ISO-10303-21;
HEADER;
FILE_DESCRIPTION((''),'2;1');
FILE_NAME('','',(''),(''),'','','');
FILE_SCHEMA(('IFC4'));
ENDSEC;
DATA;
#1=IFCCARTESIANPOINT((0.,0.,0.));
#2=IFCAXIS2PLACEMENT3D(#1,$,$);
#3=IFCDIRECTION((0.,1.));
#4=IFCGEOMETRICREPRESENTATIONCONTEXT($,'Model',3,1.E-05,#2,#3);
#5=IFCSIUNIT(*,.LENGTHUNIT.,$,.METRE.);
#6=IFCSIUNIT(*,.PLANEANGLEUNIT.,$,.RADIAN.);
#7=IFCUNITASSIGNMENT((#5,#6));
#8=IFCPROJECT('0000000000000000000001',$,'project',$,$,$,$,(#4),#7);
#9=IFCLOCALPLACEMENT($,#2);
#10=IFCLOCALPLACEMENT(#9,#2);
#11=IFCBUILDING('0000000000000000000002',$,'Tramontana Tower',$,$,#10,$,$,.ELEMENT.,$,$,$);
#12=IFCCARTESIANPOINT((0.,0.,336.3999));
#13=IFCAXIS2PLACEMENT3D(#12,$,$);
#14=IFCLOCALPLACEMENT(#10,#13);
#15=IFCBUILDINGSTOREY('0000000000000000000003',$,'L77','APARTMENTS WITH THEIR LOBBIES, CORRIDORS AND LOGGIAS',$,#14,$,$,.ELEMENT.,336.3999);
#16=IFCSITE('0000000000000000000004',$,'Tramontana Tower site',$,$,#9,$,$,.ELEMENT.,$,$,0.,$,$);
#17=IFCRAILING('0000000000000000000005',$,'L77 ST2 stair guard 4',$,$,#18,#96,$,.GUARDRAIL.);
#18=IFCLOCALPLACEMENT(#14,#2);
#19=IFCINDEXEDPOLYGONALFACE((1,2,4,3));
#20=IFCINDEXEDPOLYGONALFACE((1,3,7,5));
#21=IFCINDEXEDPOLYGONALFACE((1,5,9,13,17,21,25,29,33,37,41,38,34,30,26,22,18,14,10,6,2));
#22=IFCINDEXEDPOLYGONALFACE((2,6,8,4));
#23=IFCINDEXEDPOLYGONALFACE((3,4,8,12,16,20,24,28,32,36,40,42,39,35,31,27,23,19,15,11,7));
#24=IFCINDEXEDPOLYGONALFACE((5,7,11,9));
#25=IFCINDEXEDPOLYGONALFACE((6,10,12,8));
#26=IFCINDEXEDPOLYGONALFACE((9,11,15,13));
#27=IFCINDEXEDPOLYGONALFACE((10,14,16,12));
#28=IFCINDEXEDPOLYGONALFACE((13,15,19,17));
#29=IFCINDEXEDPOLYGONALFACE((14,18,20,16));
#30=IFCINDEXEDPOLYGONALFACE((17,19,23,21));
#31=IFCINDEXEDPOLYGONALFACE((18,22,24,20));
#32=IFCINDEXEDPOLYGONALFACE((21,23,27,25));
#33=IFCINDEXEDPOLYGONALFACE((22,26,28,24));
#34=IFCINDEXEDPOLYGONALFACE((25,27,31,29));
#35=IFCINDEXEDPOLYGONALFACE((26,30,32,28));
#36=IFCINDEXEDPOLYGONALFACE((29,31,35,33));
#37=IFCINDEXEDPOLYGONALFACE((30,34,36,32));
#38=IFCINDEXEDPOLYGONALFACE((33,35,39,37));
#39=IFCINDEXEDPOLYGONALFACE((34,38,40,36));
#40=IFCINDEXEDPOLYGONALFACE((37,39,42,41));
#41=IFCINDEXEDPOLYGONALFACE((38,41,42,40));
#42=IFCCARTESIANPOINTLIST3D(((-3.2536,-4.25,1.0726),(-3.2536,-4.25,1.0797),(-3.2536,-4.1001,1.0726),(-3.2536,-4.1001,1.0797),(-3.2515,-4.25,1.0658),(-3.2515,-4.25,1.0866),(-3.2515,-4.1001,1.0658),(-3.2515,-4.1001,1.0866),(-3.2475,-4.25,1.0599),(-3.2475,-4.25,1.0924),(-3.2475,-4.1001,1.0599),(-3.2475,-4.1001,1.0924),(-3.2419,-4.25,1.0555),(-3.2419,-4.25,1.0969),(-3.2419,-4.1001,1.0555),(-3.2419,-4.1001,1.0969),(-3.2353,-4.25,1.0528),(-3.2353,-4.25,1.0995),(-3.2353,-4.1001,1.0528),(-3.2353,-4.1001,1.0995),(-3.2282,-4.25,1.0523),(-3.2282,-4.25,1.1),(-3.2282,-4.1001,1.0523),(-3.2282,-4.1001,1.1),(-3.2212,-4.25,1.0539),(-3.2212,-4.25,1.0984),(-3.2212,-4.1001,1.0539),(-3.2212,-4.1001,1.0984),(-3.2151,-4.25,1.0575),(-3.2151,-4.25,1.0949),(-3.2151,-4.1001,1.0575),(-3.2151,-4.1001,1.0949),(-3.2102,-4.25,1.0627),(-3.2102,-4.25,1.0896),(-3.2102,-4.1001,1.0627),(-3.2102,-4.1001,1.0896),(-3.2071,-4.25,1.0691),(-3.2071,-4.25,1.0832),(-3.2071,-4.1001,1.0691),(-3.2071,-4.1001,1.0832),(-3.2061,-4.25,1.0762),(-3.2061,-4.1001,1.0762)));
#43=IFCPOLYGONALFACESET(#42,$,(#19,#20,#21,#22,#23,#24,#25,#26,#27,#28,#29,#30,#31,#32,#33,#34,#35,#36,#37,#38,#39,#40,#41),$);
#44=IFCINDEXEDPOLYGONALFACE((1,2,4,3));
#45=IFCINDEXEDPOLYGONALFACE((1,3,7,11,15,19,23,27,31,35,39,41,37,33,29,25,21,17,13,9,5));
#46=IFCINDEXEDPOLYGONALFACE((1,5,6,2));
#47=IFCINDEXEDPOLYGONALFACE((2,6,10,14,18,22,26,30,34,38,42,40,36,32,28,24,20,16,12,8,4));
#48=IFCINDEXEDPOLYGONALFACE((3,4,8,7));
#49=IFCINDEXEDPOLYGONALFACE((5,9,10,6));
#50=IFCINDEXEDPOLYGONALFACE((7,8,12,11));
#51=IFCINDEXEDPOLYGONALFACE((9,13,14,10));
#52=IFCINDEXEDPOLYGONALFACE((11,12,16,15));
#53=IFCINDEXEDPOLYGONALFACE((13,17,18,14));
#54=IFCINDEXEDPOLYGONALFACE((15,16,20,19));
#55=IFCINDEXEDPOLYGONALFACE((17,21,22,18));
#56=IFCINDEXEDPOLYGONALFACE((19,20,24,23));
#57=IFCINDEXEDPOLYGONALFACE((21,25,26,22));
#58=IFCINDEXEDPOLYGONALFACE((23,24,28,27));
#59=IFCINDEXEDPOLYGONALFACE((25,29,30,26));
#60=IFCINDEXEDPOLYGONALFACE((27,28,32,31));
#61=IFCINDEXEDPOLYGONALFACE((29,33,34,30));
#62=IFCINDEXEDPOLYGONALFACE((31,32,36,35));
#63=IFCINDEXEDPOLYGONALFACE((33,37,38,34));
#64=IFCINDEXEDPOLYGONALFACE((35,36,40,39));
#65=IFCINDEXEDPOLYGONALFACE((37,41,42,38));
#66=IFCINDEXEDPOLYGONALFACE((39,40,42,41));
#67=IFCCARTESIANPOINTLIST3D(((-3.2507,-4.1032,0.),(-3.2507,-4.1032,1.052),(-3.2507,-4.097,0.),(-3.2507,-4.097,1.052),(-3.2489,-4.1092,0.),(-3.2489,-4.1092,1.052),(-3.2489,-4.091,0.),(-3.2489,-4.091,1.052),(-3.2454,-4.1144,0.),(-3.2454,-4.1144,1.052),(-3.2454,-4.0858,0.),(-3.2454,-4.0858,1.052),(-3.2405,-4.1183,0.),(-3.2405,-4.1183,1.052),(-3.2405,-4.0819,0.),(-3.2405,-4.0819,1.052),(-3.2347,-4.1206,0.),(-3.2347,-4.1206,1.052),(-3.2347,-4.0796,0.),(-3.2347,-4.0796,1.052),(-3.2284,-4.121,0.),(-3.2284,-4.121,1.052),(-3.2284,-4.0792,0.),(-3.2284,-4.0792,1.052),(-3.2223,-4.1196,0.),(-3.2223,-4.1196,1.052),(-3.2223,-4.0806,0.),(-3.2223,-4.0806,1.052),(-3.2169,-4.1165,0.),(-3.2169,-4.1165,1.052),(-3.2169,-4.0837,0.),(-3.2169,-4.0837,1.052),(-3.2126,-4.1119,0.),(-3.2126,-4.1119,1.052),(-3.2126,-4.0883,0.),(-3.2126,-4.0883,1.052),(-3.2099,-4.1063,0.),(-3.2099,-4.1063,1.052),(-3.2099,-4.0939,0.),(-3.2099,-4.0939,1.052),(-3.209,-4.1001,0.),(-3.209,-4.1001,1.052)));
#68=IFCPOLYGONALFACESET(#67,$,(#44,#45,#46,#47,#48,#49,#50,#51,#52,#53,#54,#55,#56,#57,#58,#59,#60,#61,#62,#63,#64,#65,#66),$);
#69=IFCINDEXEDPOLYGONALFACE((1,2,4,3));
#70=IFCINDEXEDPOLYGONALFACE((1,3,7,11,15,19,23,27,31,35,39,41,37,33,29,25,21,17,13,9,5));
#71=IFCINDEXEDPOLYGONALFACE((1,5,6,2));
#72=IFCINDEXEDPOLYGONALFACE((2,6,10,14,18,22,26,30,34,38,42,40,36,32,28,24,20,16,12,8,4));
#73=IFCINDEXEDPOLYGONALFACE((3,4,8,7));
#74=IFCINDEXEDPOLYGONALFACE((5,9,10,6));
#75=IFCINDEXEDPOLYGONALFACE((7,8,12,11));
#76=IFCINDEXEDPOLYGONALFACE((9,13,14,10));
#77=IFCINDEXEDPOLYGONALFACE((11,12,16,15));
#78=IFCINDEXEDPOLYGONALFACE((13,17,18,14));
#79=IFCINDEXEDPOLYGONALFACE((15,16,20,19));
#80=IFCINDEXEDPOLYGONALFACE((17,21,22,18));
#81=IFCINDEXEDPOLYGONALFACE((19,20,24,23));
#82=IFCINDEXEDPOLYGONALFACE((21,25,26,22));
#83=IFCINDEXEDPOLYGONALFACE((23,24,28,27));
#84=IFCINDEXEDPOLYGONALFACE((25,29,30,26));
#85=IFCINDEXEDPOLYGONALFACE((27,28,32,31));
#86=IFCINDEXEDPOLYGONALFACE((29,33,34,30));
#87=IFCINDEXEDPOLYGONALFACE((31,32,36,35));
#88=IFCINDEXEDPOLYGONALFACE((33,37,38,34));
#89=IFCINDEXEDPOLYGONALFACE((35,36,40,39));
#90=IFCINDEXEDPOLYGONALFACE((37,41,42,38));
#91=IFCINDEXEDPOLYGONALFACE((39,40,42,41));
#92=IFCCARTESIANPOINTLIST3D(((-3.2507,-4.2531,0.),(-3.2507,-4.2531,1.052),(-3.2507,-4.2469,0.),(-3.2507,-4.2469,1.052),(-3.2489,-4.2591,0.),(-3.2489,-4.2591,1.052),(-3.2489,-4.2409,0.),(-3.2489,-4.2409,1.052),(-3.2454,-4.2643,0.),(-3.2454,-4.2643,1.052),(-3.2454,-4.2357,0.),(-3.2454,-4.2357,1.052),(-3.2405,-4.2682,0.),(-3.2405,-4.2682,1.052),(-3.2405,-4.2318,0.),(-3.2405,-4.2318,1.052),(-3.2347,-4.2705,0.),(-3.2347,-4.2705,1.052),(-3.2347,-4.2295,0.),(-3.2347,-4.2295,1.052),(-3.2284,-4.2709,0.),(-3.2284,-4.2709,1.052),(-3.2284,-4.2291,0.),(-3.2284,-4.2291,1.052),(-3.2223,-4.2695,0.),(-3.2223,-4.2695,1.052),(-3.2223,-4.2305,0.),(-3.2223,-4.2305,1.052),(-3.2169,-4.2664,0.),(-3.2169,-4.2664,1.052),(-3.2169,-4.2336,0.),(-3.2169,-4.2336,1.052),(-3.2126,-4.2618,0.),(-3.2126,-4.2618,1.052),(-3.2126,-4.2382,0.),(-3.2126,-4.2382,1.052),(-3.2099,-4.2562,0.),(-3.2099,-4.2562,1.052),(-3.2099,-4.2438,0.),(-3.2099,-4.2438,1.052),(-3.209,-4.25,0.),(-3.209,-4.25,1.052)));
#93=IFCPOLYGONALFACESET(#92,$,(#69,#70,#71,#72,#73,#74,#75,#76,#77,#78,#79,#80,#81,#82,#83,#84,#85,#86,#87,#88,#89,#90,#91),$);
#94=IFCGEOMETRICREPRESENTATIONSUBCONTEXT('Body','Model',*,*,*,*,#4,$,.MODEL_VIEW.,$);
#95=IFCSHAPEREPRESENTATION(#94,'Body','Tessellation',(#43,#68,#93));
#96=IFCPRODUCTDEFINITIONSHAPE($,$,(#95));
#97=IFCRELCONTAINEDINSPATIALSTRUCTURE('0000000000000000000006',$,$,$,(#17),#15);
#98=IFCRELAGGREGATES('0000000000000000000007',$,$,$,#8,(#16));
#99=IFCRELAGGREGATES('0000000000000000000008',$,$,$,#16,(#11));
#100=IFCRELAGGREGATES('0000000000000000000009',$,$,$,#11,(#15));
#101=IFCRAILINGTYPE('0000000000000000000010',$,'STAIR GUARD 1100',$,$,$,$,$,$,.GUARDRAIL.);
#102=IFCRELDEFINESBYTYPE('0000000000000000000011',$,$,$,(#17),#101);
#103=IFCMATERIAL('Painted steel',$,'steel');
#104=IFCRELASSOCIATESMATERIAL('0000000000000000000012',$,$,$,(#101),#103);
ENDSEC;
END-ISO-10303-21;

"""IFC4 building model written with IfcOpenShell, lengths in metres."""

from ifc_helpers import new_model, si_unit, direction, frame, origin, origin_2d, place, context, subcontext, project, spatial, circle, extrude, material, type_object, element, save


model = new_model("IFC4")

# Units and contexts
model_context = context("Model", 3, precision=1e-05, world=origin(), true_north=direction((0.0, 1.0)))
body_context = subcontext(model_context, "Body", "Model", "MODEL_VIEW")
ifc_project = project(units=[si_unit("LENGTHUNIT", "METRE"), si_unit("PLANEANGLEUNIT", "RADIAN")], contexts=[model_context])

# Site, building, storey
site_placement = place(None, origin())
site = spatial("IfcSite", under=ifc_project, at=site_placement, Name="Tramontana Tower site", CompositionType="ELEMENT", RefElevation=0.0)
building_placement = place(site_placement, origin())
building = spatial("IfcBuilding", under=site, at=building_placement, Name="Tramontana Tower", CompositionType="ELEMENT")
storey_placement = place(building_placement, frame((0.0, 0.0, 336.3999)))
storey = spatial("IfcBuildingStorey", under=building, at=storey_placement, Name="L77", Description="APARTMENTS WITH THEIR LOBBIES, CORRIDORS AND LOGGIAS", CompositionType="ELEMENT", Elevation=336.3999)

# Railing
ifc_material_1 = material(Name="Painted steel", Category="steel")
railing_type_1 = type_object("IfcRailingType", Name="STAIR GUARD 1100", PredefinedType="GUARDRAIL", material=ifc_material_1)
railing_1_placement = place(storey_placement, frame((-3.23, -4.1001, 0.0)))
element("IfcRailing", 1, at=railing_1_placement, inside=storey, type_object=railing_type_1, Name="L77 ST2 stair guard 4", PredefinedType="GUARDRAIL", context=body_context, shape_type="SweptSolid", body=[
    extrude(circle(Radius=0.0239, at=origin_2d()), frame((0.0, 0.0, 1.0762), z_axis=(0.0, -1.0, 0.0), x_axis=(1.0, 0.0, 0.0)), (0.0, 0.0, 1.0), 0.1499),
    extrude(circle(Radius=0.021, at=origin_2d()), origin(), (0.0, 0.0, 1.0), 1.052),
    extrude(circle(Radius=0.021, at=origin_2d()), frame((0.0, -0.1499, 0.0)), (0.0, 0.0, 1.0), 1.052),
])

save(model, "model.ifc")
